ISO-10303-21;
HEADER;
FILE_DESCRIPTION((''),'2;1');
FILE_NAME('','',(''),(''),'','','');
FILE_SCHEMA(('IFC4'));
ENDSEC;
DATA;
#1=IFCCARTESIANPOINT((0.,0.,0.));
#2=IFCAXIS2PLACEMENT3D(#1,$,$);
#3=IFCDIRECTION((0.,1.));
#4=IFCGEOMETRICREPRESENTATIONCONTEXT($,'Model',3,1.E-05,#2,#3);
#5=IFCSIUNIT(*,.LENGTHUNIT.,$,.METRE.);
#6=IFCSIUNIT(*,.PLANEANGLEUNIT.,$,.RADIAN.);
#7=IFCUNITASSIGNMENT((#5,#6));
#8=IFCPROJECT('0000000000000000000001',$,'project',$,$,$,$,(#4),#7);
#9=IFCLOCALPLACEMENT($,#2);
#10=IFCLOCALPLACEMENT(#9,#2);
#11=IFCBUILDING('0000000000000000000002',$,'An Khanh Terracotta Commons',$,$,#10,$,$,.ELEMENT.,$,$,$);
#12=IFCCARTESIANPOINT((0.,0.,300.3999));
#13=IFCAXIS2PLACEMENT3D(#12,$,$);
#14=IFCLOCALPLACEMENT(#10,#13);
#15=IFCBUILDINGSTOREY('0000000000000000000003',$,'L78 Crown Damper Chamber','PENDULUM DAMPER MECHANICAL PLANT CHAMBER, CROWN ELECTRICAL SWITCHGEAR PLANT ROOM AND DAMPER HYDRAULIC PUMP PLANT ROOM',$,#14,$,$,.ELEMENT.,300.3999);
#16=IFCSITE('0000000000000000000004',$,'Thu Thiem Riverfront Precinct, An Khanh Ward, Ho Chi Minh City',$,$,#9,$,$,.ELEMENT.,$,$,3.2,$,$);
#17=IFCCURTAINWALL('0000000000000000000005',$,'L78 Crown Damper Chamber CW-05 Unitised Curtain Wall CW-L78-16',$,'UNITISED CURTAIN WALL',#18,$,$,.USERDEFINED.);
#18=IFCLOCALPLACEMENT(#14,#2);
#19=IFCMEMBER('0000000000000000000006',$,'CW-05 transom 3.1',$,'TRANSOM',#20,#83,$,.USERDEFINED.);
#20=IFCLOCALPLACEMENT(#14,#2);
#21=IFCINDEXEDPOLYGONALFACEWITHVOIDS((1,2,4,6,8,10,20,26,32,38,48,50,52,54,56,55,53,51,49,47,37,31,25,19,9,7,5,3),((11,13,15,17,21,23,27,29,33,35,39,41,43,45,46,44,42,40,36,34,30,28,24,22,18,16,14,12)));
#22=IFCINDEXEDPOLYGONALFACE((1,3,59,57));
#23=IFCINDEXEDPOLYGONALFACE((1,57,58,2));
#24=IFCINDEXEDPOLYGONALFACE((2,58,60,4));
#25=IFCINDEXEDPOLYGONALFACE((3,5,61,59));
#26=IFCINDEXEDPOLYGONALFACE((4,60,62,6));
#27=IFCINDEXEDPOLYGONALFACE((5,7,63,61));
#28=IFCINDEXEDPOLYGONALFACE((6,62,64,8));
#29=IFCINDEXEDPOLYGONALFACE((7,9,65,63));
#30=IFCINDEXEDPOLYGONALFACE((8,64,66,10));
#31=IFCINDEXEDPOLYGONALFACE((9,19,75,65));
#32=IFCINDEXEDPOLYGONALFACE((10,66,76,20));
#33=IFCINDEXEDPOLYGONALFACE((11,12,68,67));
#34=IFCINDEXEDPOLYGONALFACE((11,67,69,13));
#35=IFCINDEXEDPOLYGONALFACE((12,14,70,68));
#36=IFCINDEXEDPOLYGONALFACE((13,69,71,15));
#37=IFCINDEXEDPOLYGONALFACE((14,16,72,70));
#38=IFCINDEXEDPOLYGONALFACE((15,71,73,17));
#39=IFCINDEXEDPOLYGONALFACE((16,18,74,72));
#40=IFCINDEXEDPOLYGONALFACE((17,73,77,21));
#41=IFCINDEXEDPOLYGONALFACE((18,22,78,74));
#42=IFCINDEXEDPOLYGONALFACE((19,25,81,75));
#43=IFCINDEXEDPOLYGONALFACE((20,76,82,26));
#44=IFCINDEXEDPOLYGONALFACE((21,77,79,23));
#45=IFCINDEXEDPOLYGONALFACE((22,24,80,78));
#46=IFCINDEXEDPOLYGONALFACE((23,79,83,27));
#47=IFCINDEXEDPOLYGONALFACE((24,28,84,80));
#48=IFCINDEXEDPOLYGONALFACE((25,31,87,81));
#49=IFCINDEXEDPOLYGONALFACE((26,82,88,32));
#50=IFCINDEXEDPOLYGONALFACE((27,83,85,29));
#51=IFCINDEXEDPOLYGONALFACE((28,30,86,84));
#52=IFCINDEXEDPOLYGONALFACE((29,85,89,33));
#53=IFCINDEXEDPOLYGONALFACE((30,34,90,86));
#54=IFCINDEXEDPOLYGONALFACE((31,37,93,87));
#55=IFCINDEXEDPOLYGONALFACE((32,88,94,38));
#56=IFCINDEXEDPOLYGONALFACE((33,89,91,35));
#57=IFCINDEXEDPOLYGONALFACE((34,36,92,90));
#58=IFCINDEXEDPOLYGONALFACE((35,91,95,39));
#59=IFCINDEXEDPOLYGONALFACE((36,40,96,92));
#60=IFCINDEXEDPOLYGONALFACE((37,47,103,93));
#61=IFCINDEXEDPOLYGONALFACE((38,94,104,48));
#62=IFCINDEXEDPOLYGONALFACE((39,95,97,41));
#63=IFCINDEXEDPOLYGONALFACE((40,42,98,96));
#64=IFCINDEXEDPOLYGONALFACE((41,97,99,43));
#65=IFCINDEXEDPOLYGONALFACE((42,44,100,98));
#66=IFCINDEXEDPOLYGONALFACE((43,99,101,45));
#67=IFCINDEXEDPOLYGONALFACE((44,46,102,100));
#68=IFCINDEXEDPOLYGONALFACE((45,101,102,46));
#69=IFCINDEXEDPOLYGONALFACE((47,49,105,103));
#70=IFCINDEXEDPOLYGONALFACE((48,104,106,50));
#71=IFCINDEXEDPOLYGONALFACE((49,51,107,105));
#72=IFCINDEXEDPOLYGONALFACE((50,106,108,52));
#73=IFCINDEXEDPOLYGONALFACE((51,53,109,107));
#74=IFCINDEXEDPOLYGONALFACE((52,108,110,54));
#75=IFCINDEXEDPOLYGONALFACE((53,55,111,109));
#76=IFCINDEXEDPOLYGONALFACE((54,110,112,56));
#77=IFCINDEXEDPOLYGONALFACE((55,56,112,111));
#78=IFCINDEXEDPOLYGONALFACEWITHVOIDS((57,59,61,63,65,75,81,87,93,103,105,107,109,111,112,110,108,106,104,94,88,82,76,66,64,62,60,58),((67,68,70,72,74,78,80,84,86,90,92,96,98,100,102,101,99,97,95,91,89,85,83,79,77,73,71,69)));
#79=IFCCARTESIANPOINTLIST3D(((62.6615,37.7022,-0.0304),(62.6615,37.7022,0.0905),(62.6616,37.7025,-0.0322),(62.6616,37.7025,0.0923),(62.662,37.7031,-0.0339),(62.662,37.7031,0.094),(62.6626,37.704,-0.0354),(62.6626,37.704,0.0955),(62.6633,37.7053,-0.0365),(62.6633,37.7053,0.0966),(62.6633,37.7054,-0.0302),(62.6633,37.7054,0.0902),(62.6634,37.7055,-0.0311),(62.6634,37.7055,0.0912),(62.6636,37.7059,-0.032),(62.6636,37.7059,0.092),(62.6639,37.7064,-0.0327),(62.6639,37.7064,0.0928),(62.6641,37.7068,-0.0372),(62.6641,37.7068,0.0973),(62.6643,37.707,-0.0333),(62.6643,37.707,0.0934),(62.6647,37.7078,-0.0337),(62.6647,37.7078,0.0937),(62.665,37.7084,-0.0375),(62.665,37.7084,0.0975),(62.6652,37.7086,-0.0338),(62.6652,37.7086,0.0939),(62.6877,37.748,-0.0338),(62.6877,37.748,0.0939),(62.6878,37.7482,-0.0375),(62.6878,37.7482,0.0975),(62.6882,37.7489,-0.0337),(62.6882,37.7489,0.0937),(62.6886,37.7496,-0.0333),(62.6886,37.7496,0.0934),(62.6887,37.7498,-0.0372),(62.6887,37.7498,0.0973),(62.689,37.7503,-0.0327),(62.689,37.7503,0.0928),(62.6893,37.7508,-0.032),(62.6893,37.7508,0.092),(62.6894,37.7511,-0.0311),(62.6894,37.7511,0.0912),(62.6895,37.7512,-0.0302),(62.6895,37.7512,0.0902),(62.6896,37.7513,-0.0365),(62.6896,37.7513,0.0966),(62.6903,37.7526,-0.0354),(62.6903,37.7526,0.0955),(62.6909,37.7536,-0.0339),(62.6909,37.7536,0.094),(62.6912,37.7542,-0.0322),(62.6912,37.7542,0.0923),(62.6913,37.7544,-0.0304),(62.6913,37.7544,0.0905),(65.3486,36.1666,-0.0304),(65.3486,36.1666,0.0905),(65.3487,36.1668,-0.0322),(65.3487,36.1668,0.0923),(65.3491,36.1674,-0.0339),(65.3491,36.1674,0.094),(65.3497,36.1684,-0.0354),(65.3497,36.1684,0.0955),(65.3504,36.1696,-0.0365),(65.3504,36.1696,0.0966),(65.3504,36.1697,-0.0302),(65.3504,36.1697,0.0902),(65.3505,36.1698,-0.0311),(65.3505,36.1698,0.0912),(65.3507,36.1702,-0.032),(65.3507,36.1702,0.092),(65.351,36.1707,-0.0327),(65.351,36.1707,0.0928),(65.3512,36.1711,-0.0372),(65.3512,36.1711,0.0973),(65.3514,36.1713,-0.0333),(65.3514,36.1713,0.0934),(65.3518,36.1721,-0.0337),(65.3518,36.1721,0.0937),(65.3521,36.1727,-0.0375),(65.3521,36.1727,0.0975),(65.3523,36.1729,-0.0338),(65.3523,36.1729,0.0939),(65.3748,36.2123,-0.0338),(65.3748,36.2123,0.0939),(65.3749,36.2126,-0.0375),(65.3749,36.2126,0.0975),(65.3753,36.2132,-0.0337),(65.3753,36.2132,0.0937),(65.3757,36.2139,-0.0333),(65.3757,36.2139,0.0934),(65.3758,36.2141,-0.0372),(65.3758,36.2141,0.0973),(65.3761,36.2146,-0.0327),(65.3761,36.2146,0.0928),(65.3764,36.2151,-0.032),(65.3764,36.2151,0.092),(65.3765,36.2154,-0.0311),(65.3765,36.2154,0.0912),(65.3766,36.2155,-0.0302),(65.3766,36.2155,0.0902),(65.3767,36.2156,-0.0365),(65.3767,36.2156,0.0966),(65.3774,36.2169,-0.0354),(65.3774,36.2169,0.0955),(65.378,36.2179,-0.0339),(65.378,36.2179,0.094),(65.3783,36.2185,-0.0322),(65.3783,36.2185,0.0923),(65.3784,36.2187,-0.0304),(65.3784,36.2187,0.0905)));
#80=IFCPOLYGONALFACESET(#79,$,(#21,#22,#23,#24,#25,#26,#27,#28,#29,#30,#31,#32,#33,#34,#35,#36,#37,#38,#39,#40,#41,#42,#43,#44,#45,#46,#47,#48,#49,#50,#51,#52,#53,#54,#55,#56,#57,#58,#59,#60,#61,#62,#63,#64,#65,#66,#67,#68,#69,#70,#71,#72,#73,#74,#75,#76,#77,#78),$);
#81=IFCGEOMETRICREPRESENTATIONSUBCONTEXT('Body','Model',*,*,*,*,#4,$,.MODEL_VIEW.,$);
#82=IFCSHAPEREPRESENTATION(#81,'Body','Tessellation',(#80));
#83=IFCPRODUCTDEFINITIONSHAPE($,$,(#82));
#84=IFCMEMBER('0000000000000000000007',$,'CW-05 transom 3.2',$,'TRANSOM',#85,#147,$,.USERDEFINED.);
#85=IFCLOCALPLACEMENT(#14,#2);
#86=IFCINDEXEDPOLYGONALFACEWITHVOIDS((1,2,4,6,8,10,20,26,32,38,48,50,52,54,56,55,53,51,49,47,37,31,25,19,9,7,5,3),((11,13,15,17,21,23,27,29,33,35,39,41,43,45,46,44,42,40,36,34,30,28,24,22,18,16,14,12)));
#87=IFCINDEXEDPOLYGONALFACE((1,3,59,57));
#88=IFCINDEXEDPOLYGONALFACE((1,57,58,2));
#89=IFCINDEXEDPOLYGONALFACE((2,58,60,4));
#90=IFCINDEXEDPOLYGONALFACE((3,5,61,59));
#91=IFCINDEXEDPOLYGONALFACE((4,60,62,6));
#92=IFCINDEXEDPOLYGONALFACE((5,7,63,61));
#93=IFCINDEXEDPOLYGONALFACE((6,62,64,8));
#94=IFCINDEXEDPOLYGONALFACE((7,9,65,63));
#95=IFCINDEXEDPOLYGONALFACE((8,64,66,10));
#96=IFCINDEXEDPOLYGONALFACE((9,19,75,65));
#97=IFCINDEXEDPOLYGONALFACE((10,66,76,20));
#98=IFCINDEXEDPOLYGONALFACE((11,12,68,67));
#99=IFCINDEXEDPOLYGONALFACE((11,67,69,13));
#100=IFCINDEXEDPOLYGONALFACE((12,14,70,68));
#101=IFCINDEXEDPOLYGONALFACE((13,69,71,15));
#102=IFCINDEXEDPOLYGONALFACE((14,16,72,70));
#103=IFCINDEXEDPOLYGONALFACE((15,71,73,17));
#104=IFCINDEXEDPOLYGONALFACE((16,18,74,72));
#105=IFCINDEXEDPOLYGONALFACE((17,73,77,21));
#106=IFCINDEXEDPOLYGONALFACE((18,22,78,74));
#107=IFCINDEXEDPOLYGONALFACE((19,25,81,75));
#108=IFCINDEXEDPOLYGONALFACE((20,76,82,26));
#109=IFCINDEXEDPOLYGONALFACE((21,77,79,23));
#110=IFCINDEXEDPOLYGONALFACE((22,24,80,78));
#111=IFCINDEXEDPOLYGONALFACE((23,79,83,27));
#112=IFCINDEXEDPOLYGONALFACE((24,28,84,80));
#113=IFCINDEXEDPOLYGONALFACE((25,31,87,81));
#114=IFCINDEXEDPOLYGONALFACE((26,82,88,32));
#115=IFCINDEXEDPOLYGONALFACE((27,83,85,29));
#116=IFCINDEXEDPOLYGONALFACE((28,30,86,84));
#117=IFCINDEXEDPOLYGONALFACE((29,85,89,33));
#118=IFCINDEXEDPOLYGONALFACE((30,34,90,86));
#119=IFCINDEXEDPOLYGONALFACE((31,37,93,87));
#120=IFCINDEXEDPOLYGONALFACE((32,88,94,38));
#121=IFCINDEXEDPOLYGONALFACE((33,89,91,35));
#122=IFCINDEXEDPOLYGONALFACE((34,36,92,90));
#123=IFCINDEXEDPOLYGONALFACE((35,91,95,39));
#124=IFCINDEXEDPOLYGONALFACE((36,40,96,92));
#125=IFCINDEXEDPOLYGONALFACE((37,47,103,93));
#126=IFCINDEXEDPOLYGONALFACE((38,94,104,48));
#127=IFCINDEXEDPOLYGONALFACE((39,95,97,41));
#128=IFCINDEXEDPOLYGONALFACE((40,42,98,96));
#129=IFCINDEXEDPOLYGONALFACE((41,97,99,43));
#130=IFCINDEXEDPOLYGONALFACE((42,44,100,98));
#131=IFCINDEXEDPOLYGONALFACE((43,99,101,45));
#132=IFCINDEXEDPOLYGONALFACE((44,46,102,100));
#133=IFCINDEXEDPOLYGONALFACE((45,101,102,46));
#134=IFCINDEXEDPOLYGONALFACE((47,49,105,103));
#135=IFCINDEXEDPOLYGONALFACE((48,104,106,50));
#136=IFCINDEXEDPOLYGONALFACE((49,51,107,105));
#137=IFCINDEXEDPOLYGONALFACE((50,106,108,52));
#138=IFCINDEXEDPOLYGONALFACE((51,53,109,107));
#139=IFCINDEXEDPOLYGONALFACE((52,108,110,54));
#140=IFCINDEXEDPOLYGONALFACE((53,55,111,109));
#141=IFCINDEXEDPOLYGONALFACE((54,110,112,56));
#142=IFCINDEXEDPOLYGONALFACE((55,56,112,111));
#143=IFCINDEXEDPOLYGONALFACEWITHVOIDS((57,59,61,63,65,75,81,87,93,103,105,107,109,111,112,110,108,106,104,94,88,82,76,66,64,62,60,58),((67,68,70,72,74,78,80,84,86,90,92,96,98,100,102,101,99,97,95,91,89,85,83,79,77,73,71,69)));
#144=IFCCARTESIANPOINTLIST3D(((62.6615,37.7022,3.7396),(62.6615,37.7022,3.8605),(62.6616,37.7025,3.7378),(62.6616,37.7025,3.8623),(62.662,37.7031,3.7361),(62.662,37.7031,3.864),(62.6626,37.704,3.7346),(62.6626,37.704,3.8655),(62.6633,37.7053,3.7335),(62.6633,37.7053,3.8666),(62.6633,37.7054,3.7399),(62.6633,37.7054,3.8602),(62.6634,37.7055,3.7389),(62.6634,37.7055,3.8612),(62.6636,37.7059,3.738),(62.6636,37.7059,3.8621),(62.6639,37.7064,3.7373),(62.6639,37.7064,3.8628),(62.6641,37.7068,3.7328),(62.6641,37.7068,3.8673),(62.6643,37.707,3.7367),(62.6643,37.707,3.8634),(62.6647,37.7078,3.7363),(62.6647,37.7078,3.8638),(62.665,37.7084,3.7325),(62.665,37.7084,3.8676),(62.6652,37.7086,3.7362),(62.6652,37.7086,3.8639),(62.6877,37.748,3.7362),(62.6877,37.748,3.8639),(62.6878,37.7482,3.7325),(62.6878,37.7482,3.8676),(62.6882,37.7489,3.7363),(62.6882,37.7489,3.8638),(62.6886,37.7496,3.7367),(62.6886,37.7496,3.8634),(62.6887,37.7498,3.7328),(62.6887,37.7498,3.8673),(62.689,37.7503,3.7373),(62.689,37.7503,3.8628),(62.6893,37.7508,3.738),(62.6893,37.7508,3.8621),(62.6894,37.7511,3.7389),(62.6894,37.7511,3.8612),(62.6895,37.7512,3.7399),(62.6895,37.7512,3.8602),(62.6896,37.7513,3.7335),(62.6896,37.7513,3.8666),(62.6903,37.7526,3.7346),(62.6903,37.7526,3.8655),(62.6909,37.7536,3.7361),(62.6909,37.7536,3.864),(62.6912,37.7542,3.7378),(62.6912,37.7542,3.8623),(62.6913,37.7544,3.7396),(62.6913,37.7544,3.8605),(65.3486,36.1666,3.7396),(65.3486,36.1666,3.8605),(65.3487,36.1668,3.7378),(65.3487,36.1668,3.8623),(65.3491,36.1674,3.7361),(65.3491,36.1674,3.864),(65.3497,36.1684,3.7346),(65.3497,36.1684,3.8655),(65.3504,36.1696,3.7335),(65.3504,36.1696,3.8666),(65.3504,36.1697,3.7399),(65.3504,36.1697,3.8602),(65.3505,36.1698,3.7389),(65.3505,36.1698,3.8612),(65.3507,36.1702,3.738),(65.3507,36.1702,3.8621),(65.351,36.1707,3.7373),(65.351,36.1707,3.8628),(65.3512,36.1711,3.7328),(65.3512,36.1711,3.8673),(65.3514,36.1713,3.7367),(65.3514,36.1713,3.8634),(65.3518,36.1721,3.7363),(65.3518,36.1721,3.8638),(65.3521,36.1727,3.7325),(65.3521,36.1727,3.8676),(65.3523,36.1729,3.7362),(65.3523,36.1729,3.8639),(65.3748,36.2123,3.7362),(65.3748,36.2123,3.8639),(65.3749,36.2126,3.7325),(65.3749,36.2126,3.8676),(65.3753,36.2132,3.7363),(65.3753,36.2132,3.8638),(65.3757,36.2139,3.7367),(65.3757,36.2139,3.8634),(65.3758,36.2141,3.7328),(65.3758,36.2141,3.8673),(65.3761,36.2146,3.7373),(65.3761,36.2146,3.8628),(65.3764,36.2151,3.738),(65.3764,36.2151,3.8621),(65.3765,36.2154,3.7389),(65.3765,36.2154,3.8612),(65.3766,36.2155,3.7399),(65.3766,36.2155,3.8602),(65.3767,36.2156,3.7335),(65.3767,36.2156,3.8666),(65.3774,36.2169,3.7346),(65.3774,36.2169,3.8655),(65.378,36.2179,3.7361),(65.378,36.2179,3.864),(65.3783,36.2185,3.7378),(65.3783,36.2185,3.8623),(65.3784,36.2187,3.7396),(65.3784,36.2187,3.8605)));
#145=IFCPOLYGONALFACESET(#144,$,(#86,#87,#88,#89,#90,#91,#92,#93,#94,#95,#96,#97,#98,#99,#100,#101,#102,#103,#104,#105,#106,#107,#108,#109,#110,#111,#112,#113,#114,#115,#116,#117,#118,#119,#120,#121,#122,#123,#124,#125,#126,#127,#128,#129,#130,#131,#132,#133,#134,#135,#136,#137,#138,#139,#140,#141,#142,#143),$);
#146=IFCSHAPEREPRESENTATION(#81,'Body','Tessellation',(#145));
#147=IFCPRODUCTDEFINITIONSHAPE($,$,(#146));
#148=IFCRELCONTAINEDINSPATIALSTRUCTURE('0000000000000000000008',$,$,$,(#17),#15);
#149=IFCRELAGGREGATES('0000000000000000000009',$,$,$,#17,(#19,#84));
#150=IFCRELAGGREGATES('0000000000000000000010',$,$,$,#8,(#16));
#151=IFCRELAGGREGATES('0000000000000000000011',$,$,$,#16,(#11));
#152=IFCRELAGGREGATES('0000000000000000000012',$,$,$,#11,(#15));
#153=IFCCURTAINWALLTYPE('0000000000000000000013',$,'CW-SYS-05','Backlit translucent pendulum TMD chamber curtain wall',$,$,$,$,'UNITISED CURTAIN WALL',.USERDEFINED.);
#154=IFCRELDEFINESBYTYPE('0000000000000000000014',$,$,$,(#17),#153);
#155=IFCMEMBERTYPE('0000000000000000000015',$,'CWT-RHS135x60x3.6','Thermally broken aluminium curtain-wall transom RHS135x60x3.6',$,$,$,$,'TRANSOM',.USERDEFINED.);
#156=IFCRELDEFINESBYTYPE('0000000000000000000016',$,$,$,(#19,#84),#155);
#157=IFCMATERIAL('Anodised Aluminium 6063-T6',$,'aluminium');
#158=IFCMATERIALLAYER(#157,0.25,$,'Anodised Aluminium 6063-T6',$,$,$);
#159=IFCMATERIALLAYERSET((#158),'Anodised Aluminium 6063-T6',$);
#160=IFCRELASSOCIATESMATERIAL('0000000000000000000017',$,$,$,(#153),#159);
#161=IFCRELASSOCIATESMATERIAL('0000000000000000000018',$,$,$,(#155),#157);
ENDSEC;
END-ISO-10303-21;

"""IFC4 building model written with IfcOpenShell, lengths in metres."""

from ifc_helpers import new_model, si_unit, direction, frame, origin, origin_2d, place, context, subcontext, project, spatial, hollow_rectangle, extrude, material, layer, layer_set, material_profile, profile_set, type_object, element, aggregate, save


model = new_model("IFC4")

# Units and contexts
model_context = context("Model", 3, precision=1e-05, world=origin(), true_north=direction((0.0, 1.0)))
body_context = subcontext(model_context, "Body", "Model", "MODEL_VIEW")
ifc_project = project(units=[si_unit("LENGTHUNIT", "METRE"), si_unit("PLANEANGLEUNIT", "RADIAN")], contexts=[model_context])

# Site, building, storey
site_placement = place(None, origin())
site = spatial("IfcSite", under=ifc_project, at=site_placement, Name="Thu Thiem Riverfront Precinct, An Khanh Ward, Ho Chi Minh City", CompositionType="ELEMENT", RefElevation=3.2)
building_placement = place(site_placement, origin())
building = spatial("IfcBuilding", under=site, at=building_placement, Name="An Khanh Terracotta Commons", CompositionType="ELEMENT")
storey_placement = place(building_placement, frame((0.0, 0.0, 300.3999)))
storey = spatial("IfcBuildingStorey", under=building, at=storey_placement, Name="L78 Crown Damper Chamber", Description="PENDULUM DAMPER MECHANICAL PLANT CHAMBER, CROWN ELECTRICAL SWITCHGEAR PLANT ROOM AND DAMPER HYDRAULIC PUMP PLANT ROOM", CompositionType="ELEMENT", Elevation=300.3999)

# Curtain wall
ifc_material_1 = material(Name="Anodised Aluminium 6063-T6", Category="aluminium")
ifc_layer_1 = layer(ifc_material_1, 0.25, Name="Anodised Aluminium 6063-T6")
ifc_layer_set_1 = layer_set([ifc_layer_1], Name="Anodised Aluminium 6063-T6")
curtain_wall_type = type_object("IfcCurtainWallType", Name="CW-SYS-05", Description="Backlit translucent pendulum TMD chamber curtain wall", ElementType="UNITISED CURTAIN WALL", PredefinedType="USERDEFINED", material=ifc_layer_set_1)
curtain_wall_1_placement = place(storey_placement, origin())
curtain_wall_1 = element("IfcCurtainWall", 1, at=curtain_wall_1_placement, inside=storey, type_object=curtain_wall_type, Name="L78 Crown Damper Chamber CW-05 Unitised Curtain Wall CW-L78-16", ObjectType="UNITISED CURTAIN WALL", PredefinedType="USERDEFINED")

# Members
ifc_material_profile_1 = material_profile(ifc_material_1, hollow_rectangle(XDim=0.0601, YDim=0.135, WallThickness=0.0037, InnerFilletRadius=0.0037, OuterFilletRadius=0.0071, at=origin_2d()), Name="RHS135x60x3.6")
ifc_profile_set_1 = profile_set([ifc_material_profile_1], Name="Anodised Aluminium 6063-T6")
member_type_1 = type_object("IfcMemberType", Name="CWT-RHS135x60x3.6", Description="Thermally broken aluminium curtain-wall transom RHS135x60x3.6", ElementType="TRANSOM", PredefinedType="USERDEFINED", material=ifc_profile_set_1)
member_1_placement = place(storey_placement, frame((65.3635, 36.1926, 0.03), z_axis=(-0.868214, 0.49619, 0.0), x_axis=(-0.49619, -0.868214, 0.0)))
member_1 = element("IfcMember", 2, at=member_1_placement, type_object=member_type_1, Name="CW-05 transom 3.1", ObjectType="TRANSOM", PredefinedType="USERDEFINED", context=body_context, shape_type="SweptSolid", body=[
    extrude(hollow_rectangle(XDim=0.0601, YDim=0.135, WallThickness=0.0037, InnerFilletRadius=0.0037, OuterFilletRadius=0.0071, at=origin_2d()), origin(), (0.0, 0.0, 1.0), 3.095),
])
member_2_placement = place(storey_placement, frame((65.3635, 36.1926, 3.8), z_axis=(-0.868214, 0.49619, 0.0), x_axis=(-0.49619, -0.868214, 0.0)))
member_2 = element("IfcMember", 3, at=member_2_placement, type_object=member_type_1, Name="CW-05 transom 3.2", ObjectType="TRANSOM", PredefinedType="USERDEFINED", context=body_context, shape_type="SweptSolid", body=[
    extrude(hollow_rectangle(XDim=0.0601, YDim=0.135, WallThickness=0.0037, InnerFilletRadius=0.0037, OuterFilletRadius=0.0071, at=origin_2d()), origin(), (0.0, 0.0, 1.0), 3.095),
])

aggregate(curtain_wall_1, [member_1, member_2])

save(model, "model.ifc")
